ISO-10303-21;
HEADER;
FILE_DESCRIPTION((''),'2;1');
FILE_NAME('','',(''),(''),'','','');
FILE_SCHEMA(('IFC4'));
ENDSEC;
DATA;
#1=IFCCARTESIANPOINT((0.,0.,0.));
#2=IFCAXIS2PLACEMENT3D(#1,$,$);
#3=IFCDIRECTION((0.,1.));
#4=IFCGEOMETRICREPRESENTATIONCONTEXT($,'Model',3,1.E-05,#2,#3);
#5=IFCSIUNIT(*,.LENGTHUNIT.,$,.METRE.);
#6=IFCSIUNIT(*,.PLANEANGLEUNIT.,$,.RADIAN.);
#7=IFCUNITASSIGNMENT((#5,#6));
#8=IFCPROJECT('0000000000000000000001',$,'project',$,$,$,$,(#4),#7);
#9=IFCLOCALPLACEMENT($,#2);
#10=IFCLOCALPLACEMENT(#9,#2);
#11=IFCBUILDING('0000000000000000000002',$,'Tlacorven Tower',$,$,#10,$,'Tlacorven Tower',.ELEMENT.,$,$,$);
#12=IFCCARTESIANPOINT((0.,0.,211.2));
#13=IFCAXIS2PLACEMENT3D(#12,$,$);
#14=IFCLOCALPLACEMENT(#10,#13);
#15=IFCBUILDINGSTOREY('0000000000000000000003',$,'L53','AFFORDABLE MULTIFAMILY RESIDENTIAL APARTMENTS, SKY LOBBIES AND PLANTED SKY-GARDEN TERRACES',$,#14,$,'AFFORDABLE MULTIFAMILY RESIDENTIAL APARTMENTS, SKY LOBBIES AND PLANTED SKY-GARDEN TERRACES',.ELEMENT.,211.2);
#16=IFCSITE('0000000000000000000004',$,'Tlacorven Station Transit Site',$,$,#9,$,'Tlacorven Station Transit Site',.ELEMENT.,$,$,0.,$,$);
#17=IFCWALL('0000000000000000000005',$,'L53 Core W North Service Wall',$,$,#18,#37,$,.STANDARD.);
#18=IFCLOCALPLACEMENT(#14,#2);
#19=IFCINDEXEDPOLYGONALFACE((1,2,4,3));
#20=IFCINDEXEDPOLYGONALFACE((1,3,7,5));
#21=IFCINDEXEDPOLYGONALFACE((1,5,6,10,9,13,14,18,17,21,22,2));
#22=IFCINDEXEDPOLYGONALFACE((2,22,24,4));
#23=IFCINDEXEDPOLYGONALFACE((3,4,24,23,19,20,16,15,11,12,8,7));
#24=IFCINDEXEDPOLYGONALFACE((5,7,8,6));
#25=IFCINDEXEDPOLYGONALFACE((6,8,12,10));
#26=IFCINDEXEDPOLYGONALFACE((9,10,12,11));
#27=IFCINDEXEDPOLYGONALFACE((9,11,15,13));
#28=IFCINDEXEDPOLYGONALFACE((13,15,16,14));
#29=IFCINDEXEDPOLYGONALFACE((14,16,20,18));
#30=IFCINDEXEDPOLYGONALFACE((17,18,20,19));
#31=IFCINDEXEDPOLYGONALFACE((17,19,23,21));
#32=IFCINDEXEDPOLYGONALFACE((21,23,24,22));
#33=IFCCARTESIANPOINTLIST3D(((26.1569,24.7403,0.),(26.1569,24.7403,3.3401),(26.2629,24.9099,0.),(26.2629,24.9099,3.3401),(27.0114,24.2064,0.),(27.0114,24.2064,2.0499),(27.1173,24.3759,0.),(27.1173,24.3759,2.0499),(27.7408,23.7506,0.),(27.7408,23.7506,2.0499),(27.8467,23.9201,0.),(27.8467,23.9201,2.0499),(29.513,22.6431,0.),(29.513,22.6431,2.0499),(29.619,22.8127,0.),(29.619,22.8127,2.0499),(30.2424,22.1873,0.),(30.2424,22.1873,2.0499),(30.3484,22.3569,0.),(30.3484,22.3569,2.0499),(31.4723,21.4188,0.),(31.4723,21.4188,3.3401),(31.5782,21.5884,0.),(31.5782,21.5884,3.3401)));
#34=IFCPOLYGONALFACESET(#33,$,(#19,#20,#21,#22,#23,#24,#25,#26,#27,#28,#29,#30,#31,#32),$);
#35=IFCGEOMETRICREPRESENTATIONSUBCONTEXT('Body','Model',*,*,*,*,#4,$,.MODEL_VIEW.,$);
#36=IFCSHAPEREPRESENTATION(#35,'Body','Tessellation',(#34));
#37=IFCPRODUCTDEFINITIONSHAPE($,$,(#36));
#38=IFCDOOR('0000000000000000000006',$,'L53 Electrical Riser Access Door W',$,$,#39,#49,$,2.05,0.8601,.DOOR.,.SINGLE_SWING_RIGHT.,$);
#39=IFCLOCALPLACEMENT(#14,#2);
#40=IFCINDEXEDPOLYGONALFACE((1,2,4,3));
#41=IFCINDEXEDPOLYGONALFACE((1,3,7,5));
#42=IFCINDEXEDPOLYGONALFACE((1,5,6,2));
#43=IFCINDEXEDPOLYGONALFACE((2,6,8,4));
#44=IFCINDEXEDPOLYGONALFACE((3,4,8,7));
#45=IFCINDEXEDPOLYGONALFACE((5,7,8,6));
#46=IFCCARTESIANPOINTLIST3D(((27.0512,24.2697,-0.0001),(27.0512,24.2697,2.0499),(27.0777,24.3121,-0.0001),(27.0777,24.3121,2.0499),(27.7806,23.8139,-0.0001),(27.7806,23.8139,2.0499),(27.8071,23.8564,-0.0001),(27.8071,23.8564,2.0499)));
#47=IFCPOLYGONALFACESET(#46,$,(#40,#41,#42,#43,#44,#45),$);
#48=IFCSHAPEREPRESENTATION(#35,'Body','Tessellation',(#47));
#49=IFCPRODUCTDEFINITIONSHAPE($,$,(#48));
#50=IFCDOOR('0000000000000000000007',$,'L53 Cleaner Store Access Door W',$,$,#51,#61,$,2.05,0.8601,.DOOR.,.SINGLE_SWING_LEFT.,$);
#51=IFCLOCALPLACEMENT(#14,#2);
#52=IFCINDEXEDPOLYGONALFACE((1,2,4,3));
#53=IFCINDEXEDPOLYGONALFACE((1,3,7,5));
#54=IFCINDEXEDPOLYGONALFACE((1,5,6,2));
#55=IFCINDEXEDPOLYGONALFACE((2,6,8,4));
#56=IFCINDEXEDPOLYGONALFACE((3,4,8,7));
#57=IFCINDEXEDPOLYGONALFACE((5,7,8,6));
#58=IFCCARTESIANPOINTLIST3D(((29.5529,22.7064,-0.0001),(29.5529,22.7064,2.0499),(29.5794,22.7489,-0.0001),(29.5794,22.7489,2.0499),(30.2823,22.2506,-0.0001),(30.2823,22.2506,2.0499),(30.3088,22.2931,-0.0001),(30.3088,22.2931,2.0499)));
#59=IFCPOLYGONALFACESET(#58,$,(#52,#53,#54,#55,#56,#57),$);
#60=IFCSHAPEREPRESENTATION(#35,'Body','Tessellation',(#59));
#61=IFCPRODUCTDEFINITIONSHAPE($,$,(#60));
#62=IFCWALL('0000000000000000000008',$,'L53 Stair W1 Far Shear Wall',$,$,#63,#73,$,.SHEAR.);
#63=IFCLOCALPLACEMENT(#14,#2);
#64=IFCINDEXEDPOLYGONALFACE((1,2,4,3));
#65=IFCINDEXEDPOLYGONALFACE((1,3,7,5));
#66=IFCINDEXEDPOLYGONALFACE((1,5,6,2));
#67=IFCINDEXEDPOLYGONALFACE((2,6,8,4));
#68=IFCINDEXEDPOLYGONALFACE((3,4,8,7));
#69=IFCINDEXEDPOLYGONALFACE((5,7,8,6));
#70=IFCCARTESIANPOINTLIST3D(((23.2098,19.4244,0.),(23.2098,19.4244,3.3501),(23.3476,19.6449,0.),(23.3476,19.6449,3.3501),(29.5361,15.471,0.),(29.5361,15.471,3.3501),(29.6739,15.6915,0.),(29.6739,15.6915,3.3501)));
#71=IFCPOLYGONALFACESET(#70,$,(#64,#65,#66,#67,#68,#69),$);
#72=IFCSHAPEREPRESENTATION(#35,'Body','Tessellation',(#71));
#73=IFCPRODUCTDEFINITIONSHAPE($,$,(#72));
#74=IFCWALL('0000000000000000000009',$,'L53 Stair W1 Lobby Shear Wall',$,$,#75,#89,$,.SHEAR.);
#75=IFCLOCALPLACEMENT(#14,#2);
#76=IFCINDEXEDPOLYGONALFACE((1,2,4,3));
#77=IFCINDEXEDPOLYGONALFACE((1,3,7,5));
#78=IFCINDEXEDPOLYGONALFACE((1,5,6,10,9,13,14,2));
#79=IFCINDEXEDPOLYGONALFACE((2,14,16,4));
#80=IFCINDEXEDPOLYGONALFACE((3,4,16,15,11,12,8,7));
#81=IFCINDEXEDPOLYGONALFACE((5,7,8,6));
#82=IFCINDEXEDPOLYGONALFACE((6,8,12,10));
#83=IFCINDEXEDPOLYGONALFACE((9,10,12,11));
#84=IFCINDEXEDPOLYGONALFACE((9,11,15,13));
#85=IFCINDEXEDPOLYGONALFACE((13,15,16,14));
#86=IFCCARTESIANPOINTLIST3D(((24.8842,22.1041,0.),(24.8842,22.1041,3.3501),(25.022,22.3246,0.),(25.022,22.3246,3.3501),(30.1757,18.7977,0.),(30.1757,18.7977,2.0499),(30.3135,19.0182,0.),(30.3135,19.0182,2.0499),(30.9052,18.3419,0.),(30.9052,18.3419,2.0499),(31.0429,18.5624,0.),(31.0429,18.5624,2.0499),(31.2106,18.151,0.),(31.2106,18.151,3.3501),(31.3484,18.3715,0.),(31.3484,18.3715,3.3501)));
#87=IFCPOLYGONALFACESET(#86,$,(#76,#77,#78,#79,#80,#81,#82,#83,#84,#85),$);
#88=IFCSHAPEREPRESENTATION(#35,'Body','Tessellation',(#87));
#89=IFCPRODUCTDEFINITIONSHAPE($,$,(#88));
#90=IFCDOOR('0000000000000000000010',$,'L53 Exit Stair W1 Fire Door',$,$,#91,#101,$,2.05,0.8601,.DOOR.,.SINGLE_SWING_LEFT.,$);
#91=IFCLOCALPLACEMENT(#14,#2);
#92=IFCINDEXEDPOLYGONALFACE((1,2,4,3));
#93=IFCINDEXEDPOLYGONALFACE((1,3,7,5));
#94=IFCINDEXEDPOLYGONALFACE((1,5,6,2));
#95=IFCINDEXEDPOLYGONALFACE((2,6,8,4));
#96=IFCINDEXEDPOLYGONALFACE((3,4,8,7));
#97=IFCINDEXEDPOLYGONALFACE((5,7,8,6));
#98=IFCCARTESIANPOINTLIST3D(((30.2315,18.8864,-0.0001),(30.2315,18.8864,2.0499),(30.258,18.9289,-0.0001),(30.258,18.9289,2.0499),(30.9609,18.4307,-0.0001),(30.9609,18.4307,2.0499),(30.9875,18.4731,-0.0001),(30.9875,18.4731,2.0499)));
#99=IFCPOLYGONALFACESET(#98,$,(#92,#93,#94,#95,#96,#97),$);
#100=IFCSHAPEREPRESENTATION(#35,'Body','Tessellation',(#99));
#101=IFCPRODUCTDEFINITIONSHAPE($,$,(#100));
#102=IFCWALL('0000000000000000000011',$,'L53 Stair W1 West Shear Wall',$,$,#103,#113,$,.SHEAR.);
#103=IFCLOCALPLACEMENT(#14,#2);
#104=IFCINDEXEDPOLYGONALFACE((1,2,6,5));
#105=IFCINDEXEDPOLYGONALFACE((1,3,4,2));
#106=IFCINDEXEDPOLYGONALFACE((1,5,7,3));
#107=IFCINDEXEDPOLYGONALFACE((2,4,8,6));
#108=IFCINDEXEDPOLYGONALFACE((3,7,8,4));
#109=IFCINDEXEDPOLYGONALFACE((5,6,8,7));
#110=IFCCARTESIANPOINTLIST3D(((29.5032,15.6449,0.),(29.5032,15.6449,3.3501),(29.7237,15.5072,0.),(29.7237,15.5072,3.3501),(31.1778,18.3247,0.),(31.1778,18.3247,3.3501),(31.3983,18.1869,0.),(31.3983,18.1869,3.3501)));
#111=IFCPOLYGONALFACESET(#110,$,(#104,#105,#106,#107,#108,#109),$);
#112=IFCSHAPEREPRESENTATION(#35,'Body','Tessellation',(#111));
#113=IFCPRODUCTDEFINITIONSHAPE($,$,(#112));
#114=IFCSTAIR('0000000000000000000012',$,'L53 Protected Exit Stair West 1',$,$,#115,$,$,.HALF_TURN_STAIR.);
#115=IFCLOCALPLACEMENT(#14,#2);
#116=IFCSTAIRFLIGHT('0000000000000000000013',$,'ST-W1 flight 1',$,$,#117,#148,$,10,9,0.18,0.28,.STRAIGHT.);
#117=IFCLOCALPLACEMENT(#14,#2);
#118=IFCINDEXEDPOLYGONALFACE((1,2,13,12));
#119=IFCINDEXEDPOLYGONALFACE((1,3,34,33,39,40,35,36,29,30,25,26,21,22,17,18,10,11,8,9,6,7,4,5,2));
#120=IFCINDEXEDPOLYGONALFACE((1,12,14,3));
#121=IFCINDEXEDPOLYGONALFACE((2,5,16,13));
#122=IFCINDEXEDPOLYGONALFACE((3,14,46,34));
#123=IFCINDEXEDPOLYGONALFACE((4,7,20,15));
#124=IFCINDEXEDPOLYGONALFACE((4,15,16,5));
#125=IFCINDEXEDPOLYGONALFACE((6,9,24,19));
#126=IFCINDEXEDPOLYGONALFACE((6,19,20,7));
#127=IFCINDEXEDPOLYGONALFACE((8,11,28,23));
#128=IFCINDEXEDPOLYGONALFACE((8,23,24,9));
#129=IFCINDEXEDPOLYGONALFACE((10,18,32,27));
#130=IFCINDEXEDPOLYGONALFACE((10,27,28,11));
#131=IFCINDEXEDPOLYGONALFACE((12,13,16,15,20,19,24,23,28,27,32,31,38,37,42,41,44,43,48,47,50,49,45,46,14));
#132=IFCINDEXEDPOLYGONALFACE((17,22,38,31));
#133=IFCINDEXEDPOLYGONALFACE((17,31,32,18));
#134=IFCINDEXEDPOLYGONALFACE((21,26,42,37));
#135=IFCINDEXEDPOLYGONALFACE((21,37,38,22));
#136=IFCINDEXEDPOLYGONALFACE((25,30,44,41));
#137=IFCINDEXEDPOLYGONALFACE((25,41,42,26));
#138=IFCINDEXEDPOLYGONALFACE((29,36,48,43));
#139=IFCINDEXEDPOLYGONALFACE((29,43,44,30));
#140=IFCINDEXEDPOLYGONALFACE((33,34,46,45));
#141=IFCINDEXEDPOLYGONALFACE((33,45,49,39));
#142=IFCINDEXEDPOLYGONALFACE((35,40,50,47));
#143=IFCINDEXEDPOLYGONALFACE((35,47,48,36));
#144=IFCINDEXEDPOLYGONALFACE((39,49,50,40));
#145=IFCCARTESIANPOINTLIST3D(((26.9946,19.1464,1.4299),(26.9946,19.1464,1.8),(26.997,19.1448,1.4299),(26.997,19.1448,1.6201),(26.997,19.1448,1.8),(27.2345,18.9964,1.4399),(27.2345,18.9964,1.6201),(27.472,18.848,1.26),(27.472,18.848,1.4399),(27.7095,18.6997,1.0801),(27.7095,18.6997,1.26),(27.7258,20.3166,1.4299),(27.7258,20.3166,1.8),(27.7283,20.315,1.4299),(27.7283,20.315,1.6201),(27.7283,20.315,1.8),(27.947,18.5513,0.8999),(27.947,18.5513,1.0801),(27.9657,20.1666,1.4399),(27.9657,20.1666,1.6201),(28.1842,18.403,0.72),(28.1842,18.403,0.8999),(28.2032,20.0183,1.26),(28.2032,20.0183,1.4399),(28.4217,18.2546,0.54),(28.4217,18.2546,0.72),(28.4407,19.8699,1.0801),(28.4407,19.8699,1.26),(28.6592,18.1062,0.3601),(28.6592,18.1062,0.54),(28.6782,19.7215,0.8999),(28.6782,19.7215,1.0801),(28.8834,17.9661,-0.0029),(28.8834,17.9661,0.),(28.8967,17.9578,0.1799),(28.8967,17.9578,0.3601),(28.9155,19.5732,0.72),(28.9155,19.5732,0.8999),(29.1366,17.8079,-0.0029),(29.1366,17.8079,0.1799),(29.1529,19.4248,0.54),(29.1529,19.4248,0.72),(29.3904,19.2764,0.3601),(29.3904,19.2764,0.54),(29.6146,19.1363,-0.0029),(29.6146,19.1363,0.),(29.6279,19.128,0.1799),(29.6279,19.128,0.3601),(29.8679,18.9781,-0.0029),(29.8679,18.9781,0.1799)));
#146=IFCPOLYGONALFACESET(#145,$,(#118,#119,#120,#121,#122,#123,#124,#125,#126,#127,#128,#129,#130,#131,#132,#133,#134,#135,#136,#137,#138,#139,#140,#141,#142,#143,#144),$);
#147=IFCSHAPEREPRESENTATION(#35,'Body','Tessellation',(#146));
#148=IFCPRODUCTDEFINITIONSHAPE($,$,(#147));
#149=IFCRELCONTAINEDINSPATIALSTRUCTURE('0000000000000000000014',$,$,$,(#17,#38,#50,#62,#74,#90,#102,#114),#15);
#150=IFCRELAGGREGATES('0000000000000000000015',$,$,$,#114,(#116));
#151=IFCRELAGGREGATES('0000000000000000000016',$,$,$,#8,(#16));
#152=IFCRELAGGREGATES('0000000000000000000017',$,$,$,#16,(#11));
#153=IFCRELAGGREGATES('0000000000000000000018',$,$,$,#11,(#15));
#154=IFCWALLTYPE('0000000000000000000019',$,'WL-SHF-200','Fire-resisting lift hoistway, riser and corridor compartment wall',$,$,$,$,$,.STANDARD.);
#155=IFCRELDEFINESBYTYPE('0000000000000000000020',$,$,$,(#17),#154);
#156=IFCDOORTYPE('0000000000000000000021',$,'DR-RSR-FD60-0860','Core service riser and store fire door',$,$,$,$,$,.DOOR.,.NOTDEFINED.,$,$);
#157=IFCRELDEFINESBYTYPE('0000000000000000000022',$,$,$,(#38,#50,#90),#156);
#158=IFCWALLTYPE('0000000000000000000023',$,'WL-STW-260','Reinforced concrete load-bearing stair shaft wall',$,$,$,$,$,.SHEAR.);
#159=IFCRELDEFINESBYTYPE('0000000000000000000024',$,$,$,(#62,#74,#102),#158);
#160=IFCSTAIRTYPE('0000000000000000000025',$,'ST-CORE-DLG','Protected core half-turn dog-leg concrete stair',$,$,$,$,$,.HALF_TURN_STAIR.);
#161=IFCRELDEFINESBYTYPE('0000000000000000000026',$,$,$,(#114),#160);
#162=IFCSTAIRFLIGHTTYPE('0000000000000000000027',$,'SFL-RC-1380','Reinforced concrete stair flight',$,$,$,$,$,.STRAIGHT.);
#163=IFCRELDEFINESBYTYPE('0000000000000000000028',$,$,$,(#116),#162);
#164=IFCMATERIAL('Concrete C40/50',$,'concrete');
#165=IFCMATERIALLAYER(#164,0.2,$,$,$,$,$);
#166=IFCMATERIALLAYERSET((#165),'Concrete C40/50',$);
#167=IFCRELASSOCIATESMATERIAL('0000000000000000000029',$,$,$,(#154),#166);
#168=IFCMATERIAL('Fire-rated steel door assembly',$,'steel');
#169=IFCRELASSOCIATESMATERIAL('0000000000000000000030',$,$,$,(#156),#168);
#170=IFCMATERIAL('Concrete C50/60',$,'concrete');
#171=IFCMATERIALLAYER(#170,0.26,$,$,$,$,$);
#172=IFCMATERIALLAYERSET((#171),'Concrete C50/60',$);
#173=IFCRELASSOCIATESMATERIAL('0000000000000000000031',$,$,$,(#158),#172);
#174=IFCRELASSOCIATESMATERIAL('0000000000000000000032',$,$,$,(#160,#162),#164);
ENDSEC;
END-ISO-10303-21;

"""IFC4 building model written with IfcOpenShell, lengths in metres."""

from ifc_helpers import new_model, si_unit, direction, frame, frame_2d, origin, place, context, subcontext, project, spatial, polyline, rectangle, outline, extrude, source, transform, mapped, material, layer, layer_set, type_object, element, fill, aggregate, save


model = new_model("IFC4")

# Units and contexts
model_context = context("Model", 3, precision=1e-05, world=origin(), true_north=direction((0.0, 1.0)))
body_context = subcontext(model_context, "Body", "Model", "MODEL_VIEW")
ifc_project = project(units=[si_unit("LENGTHUNIT", "METRE"), si_unit("PLANEANGLEUNIT", "RADIAN")], contexts=[model_context])

# Site, building, storey
site_placement = place(None, origin())
site = spatial("IfcSite", under=ifc_project, at=site_placement, Name="Tlacorven Station Transit Site", LongName="Tlacorven Station Transit Site", CompositionType="ELEMENT", RefElevation=0.0)
building_placement = place(site_placement, origin())
building = spatial("IfcBuilding", under=site, at=building_placement, Name="Tlacorven Tower", LongName="Tlacorven Tower", CompositionType="ELEMENT")
storey_placement = place(building_placement, frame((0.0, 0.0, 211.2)))
storey = spatial("IfcBuildingStorey", under=building, at=storey_placement, Name="L53", Description="AFFORDABLE MULTIFAMILY RESIDENTIAL APARTMENTS, SKY LOBBIES AND PLANTED SKY-GARDEN TERRACES", LongName="AFFORDABLE MULTIFAMILY RESIDENTIAL APARTMENTS, SKY LOBBIES AND PLANTED SKY-GARDEN TERRACES", CompositionType="ELEMENT", Elevation=211.2)

# Shared definitions
ifc_material_1 = material(Name="Concrete C40/50", Category="concrete")
ifc_layer_1 = layer(ifc_material_1, 0.2)
ifc_layer_set_1 = layer_set([ifc_layer_1], Name="Concrete C40/50")
wall_type_1 = type_object("IfcWallType", Name="WL-SHF-200", Description="Fire-resisting lift hoistway, riser and corridor compartment wall", PredefinedType="STANDARD", material=ifc_layer_set_1)

# Wall, openings, doors
wall_1_placement = place(storey_placement, frame((31.5251, 21.5037, 0.0), z_axis=(0.0, 0.0, 1.0), x_axis=(-0.848042, 0.529929, 0.0)))
wall_1 = element("IfcWall", 1, at=wall_1_placement, inside=storey, type_object=wall_type_1, Name="L53 Core W North Service Wall", PredefinedType="STANDARD", context=body_context, shape_type="SweptSolid", body=[
    extrude(rectangle(XDim=6.2678, YDim=0.2, at=frame_2d((3.1338, 0.0))), origin(), (0.0, 0.0, 1.0), 3.3401),
])
opening_1_placement = place(wall_1_placement, frame((4.3999, 0.0, 0.0)))
opening_1 = element("IfcOpeningElement", 2, at=opening_1_placement, cuts=wall_1, PredefinedType="OPENING", context=body_context, shape_type="SweptSolid", body=[
    extrude(rectangle(XDim=0.8601, YDim=2.05, at=frame_2d((0.4302, 1.0249))), frame((0.0, 0.1099, 0.0), z_axis=(0.0, -1.0, 0.0), x_axis=(1.0, 0.0, 0.0)), (0.0, 0.0, 1.0), 0.22),
])
opening_2_placement = place(wall_1_placement, frame((1.45, 0.0, 0.0)))
opening_2 = element("IfcOpeningElement", 3, at=opening_2_placement, cuts=wall_1, PredefinedType="OPENING", context=body_context, shape_type="SweptSolid", body=[
    extrude(rectangle(XDim=0.8601, YDim=2.05, at=frame_2d((0.4302, 1.0249))), frame((0.0, 0.1099, 0.0), z_axis=(0.0, -1.0, 0.0), x_axis=(1.0, 0.0, 0.0)), (0.0, 0.0, 1.0), 0.22),
])
ifc_material_2 = material(Name="Fire-rated steel door assembly", Category="steel")
door_type_1 = type_object("IfcDoorType", Name="DR-RSR-FD60-0860", Description="Core service riser and store fire door", OperationType="NOTDEFINED", PredefinedType="DOOR", material=ifc_material_2)
shared_shape_1 = source(origin(), body_context, "Body", "SweptSolid", [
    extrude(rectangle(XDim=0.8601, YDim=2.05, at=frame_2d((0.4302, 1.0249))), frame((0.0, 0.0249, 0.0), z_axis=(0.0, -1.0, 0.0), x_axis=(1.0, 0.0, 0.0)), (0.0, 0.0, 1.0), 0.05),
])
door_1_placement = place(opening_1_placement, frame((0.8601, 0.0, 0.0), z_axis=(0.0, 0.0, 1.0), x_axis=(-1.0, 0.0, 0.0)))
door_1 = element("IfcDoor", 4, at=door_1_placement, inside=storey, type_object=door_type_1, Name="L53 Electrical Riser Access Door W", OperationType="SINGLE_SWING_RIGHT", OverallHeight=2.05, OverallWidth=0.8601, PredefinedType="DOOR", context=body_context, shape_type="MappedRepresentation", body=[
    mapped(shared_shape_1, transform((0.0, 0.0, 0.0), scale=1.0)),
])
fill(opening_1, door_1)
door_2_placement = place(opening_2_placement, frame((0.8601, 0.0, 0.0), z_axis=(0.0, 0.0, 1.0), x_axis=(-1.0, 0.0, 0.0)))
door_2 = element("IfcDoor", 5, at=door_2_placement, inside=storey, type_object=door_type_1, Name="L53 Cleaner Store Access Door W", OperationType="SINGLE_SWING_LEFT", OverallHeight=2.05, OverallWidth=0.8601, PredefinedType="DOOR", context=body_context, shape_type="MappedRepresentation", body=[
    mapped(shared_shape_1, transform((0.0, 0.0, 0.0), scale=1.0)),
])
fill(opening_2, door_2)

# Wall
ifc_material_3 = material(Name="Concrete C50/60", Category="concrete")
ifc_layer_2 = layer(ifc_material_3, 0.26)
ifc_layer_set_2 = layer_set([ifc_layer_2], Name="Concrete C50/60")
wall_type_2 = type_object("IfcWallType", Name="WL-STW-260", Description="Reinforced concrete load-bearing stair shaft wall", PredefinedType="SHEAR", material=ifc_layer_set_2)
wall_2_placement = place(storey_placement, frame((29.605, 15.5813, 0.0), z_axis=(0.0, 0.0, 1.0), x_axis=(-0.848037, 0.529937, 0.0)))
element("IfcWall", 6, at=wall_2_placement, inside=storey, type_object=wall_type_2, Name="L53 Stair W1 Far Shear Wall", PredefinedType="SHEAR", context=body_context, shape_type="SweptSolid", body=[
    extrude(rectangle(XDim=7.46, YDim=0.26, at=frame_2d((3.73, 0.0))), origin(), (0.0, 0.0, 1.0), 3.3501),
])

# Wall, opening, door
wall_3_placement = place(storey_placement, frame((31.2795, 18.2612, 0.0), z_axis=(0.0, 0.0, 1.0), x_axis=(-0.848052, 0.529914, 0.0)))
wall_3 = element("IfcWall", 7, at=wall_3_placement, inside=storey, type_object=wall_type_2, Name="L53 Stair W1 Lobby Shear Wall", PredefinedType="SHEAR", context=body_context, shape_type="SweptSolid", body=[
    extrude(rectangle(XDim=7.46, YDim=0.26, at=frame_2d((3.73, 0.0))), origin(), (0.0, 0.0, 1.0), 3.3501),
])
opening_3_placement = place(wall_3_placement, frame((0.3601, 0.0, 0.0)))
opening_3 = element("IfcOpeningElement", 8, at=opening_3_placement, cuts=wall_3, PredefinedType="OPENING", context=body_context, shape_type="SweptSolid", body=[
    extrude(rectangle(XDim=0.8601, YDim=2.05, at=frame_2d((0.4302, 1.0249))), frame((0.0, 0.1401, 0.0), z_axis=(0.0, -1.0, 0.0), x_axis=(1.0, 0.0, 0.0)), (0.0, 0.0, 1.0), 0.28),
])
door_3_placement = place(opening_3_placement, frame((0.8601, 0.0, 0.0), z_axis=(0.0, 0.0, 1.0), x_axis=(-1.0, 0.0, 0.0)))
door_3 = element("IfcDoor", 9, at=door_3_placement, inside=storey, type_object=door_type_1, Name="L53 Exit Stair W1 Fire Door", OperationType="SINGLE_SWING_LEFT", OverallHeight=2.05, OverallWidth=0.8601, PredefinedType="DOOR", context=body_context, shape_type="MappedRepresentation", body=[
    mapped(shared_shape_1, transform((0.0, 0.0, 0.0), scale=1.0)),
])
fill(opening_3, door_3)

# Wall
wall_4_placement = place(storey_placement, frame((31.2881, 18.2559, 0.0), z_axis=(0.0, 0.0, 1.0), x_axis=(-0.529943, -0.848033, 0.0)))
element("IfcWall", 10, at=wall_4_placement, inside=storey, type_object=wall_type_2, Name="L53 Stair W1 West Shear Wall", PredefinedType="SHEAR", context=body_context, shape_type="SweptSolid", body=[
    extrude(rectangle(XDim=3.1599, YDim=0.26, at=frame_2d((1.5801, 0.0))), origin(), (0.0, 0.0, 1.0), 3.3501),
])

# Stair, stair flight
stair_type = type_object("IfcStairType", Name="ST-CORE-DLG", Description="Protected core half-turn dog-leg concrete stair", PredefinedType="HALF_TURN_STAIR", material=ifc_material_1)
stair_placement = place(storey_placement, origin())
stair = element("IfcStair", 11, at=stair_placement, inside=storey, type_object=stair_type, Name="L53 Protected Exit Stair West 1", PredefinedType="HALF_TURN_STAIR")
stair_flight_type = type_object("IfcStairFlightType", Name="SFL-RC-1380", Description="Reinforced concrete stair flight", PredefinedType="STRAIGHT", material=ifc_material_1)
shared_shape_2 = source(origin(), body_context, "Body", "SweptSolid", [
    extrude(outline(polyline([(-0.0029, -0.0029), (-0.0029, 0.1799), (0.28, 0.1799), (0.28, 0.3601), (0.5601, 0.3601), (0.5601, 0.54), (0.8401, 0.54), (0.8401, 0.72), (1.1201, 0.72), (1.1201, 0.8999), (1.3999, 0.8999), (1.3999, 1.0801), (1.6799, 1.0801), (1.6799, 1.26), (1.96, 1.26), (1.96, 1.4399), (2.24, 1.4399), (2.24, 1.6201), (2.52, 1.6201), (2.52, 1.8), (2.5229, 1.8), (2.5229, 1.4299), (2.52, 1.4299), (0.2957, 0.0), (0.2957, -0.0029), (-0.0029, -0.0029)])), frame((0.0, 0.6899, 0.0), z_axis=(0.0, -1.0, 0.0), x_axis=(1.0, 0.0, 0.0)), (0.0, 0.0, 1.0), 1.3799),
])
stair_flight_1_placement = place(storey_placement, frame((29.4998, 18.3945, 0.0), z_axis=(0.0, 0.0, 1.0), x_axis=(-0.848048, 0.529919, 0.0)))
stair_flight_1 = element("IfcStairFlight", 12, at=stair_flight_1_placement, type_object=stair_flight_type, Name="ST-W1 flight 1", NumberOfRisers=10, NumberOfTreads=9, PredefinedType="STRAIGHT", RiserHeight=0.18, TreadLength=0.28, context=body_context, shape_type="MappedRepresentation", body=[
    mapped(shared_shape_2, transform((0.0, 0.0, 0.0), scale=1.0)),
])
aggregate(stair, [stair_flight_1])

save(model, "model.ifc")
